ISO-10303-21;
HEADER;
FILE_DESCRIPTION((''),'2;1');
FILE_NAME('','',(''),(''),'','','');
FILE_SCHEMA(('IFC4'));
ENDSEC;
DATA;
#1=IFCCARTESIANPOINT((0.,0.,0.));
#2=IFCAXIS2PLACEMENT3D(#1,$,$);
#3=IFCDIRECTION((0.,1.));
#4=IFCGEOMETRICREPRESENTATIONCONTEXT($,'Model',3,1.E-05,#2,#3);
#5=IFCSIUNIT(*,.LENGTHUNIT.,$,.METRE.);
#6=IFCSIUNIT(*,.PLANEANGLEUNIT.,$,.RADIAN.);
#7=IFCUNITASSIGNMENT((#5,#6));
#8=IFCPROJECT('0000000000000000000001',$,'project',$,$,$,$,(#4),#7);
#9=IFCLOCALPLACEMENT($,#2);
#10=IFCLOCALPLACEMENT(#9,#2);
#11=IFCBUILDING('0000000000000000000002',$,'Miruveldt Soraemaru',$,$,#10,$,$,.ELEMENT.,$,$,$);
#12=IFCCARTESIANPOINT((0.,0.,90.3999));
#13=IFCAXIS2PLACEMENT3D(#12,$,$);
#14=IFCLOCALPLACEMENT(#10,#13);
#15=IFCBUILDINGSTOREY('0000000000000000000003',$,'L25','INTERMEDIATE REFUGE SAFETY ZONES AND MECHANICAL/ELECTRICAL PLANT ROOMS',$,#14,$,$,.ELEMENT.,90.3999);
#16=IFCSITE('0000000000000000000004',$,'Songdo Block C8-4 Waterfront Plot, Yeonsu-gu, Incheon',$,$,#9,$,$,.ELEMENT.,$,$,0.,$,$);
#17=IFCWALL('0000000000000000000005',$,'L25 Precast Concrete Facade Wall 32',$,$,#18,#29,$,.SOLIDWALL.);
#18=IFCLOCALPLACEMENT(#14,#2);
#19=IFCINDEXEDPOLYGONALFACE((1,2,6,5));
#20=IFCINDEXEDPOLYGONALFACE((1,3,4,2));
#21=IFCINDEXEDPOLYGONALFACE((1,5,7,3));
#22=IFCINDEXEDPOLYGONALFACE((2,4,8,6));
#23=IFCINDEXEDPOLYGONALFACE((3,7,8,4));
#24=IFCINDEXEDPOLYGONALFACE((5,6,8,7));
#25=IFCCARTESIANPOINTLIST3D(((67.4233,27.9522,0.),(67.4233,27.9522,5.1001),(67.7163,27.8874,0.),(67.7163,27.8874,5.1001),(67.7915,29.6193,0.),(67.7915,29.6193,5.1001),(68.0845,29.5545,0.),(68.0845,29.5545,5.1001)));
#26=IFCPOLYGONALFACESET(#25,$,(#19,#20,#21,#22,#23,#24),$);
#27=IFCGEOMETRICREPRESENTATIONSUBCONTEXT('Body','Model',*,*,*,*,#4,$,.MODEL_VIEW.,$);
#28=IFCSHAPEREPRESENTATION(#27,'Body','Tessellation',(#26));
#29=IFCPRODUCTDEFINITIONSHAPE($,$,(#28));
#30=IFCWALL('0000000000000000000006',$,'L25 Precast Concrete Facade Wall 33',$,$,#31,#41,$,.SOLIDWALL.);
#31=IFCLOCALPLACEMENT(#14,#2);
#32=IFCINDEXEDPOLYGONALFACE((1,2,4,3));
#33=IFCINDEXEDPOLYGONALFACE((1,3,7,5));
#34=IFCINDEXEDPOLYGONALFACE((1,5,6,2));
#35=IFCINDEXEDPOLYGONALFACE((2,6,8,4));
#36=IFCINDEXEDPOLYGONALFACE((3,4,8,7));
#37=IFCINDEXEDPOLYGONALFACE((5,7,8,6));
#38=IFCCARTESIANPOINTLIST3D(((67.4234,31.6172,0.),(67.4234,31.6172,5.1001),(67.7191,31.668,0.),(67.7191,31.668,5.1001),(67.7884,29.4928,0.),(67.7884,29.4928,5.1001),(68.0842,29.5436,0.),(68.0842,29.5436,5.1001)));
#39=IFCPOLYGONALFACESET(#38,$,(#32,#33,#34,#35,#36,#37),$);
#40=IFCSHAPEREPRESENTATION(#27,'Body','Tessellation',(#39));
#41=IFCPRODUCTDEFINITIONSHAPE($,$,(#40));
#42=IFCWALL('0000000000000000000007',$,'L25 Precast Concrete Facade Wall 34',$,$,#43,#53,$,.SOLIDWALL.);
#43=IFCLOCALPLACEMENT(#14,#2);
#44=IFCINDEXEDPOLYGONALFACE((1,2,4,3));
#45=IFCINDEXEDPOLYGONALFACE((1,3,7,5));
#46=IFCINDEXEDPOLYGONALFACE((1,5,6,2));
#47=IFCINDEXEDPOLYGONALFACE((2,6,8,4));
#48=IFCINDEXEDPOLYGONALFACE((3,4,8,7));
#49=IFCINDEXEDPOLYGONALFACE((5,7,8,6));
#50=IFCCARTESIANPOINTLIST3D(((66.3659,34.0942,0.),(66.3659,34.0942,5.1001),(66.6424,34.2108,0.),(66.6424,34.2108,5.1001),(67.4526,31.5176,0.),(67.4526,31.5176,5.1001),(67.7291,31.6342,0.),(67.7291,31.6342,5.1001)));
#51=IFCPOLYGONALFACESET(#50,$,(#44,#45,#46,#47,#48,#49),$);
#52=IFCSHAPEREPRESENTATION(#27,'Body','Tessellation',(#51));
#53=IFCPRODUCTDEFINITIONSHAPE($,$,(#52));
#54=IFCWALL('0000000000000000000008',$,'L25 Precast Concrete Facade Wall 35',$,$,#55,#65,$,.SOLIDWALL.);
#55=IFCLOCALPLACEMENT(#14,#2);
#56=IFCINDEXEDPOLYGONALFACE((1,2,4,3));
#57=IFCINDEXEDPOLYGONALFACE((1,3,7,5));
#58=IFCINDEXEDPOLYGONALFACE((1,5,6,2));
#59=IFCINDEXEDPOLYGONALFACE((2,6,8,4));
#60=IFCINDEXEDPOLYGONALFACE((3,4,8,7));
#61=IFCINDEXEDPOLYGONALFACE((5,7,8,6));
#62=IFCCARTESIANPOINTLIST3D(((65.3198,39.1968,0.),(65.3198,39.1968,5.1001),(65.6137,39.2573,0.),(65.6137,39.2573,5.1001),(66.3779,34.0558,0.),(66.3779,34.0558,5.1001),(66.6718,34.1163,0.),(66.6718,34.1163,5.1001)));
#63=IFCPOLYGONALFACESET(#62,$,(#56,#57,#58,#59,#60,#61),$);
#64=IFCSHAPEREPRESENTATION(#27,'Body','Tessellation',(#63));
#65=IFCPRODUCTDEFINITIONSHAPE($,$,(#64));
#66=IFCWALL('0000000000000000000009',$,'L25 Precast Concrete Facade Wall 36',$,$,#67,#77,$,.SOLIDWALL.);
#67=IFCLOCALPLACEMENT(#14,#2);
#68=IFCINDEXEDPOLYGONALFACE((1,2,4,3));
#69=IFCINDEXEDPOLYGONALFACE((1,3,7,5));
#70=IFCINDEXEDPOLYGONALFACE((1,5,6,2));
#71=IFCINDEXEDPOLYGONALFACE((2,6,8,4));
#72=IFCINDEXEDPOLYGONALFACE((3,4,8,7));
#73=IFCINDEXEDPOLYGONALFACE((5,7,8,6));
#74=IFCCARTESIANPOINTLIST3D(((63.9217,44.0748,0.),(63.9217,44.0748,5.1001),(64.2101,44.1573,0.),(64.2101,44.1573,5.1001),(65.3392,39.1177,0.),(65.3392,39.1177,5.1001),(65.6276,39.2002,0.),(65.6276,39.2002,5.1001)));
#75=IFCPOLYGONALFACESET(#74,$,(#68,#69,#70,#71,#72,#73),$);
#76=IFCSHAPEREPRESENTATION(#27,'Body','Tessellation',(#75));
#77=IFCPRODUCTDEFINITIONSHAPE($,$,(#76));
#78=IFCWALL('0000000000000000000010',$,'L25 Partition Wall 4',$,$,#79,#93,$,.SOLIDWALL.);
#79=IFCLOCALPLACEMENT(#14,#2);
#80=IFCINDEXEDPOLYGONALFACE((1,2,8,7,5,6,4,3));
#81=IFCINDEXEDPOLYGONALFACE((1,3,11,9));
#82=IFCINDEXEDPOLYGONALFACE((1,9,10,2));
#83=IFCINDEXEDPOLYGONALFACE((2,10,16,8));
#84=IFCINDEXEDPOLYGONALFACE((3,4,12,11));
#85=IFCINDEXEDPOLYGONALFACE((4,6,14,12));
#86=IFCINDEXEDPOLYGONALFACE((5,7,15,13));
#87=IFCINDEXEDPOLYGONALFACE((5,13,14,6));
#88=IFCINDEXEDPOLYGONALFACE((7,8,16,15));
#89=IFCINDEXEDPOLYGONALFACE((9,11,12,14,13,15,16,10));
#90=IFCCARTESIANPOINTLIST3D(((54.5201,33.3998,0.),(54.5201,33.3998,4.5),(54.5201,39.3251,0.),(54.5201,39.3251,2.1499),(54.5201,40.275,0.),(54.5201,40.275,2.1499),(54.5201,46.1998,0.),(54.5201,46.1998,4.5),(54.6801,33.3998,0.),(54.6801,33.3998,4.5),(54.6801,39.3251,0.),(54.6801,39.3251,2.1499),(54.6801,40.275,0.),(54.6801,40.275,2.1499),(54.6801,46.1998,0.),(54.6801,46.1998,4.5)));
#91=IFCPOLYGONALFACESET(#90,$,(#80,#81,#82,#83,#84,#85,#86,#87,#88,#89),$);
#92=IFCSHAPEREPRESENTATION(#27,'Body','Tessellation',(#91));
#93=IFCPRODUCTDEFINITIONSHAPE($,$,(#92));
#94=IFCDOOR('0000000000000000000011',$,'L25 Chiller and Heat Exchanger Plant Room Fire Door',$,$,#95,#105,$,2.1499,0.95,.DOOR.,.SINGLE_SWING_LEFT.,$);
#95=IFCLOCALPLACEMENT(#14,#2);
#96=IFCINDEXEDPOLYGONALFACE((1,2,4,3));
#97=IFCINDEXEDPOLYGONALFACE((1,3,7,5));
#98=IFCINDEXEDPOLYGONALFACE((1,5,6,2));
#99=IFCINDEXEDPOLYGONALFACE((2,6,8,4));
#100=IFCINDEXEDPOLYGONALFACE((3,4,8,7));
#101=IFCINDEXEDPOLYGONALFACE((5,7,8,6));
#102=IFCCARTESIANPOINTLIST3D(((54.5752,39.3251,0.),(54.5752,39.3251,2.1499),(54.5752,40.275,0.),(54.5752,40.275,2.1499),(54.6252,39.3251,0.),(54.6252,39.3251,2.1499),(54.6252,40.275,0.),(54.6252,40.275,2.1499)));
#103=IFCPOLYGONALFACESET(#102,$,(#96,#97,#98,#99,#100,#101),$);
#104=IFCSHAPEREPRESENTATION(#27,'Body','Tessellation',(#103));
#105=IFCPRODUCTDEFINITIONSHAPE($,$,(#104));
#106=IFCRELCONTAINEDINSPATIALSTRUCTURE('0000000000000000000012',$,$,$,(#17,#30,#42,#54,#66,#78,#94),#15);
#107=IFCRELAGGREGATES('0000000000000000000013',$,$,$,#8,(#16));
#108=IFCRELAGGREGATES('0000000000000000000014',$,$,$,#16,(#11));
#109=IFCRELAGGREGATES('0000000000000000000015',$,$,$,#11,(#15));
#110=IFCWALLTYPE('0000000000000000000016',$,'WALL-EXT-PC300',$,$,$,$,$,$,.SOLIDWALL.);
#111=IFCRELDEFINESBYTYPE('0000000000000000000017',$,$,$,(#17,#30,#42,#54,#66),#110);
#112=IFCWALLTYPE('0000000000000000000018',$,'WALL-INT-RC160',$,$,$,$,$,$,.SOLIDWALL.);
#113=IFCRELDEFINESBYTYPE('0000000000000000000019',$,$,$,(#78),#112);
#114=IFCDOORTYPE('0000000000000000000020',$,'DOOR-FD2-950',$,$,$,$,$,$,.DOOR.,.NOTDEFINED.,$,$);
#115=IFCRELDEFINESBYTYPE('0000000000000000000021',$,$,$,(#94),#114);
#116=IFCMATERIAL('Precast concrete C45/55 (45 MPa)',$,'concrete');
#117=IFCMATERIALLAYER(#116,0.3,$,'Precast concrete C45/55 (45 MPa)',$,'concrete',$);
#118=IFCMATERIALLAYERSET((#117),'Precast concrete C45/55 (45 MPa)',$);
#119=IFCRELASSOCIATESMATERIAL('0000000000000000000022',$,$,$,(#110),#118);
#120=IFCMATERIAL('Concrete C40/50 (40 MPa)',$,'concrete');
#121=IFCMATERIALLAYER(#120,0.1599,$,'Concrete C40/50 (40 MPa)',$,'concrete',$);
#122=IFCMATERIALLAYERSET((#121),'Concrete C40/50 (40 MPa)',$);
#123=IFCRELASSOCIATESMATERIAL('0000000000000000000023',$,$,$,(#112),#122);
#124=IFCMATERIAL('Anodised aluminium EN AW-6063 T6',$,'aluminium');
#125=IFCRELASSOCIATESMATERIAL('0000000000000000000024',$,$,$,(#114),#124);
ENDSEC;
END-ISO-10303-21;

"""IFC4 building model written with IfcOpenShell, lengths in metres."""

from ifc_helpers import new_model, si_unit, direction, frame, frame_2d, origin, place, context, subcontext, project, spatial, rectangle, extrude, material, layer, layer_set, type_object, element, fill, save


model = new_model("IFC4")

# Units and contexts
model_context = context("Model", 3, precision=1e-05, world=origin(), true_north=direction((0.0, 1.0)))
body_context = subcontext(model_context, "Body", "Model", "MODEL_VIEW")
ifc_project = project(units=[si_unit("LENGTHUNIT", "METRE"), si_unit("PLANEANGLEUNIT", "RADIAN")], contexts=[model_context])

# Site, building, storey
site_placement = place(None, origin())
site = spatial("IfcSite", under=ifc_project, at=site_placement, Name="Songdo Block C8-4 Waterfront Plot, Yeonsu-gu, Incheon", CompositionType="ELEMENT", RefElevation=0.0)
building_placement = place(site_placement, origin())
building = spatial("IfcBuilding", under=site, at=building_placement, Name="Miruveldt Soraemaru", CompositionType="ELEMENT")
storey_placement = place(building_placement, frame((0.0, 0.0, 90.3999)))
storey = spatial("IfcBuildingStorey", under=building, at=storey_placement, Name="L25", Description="INTERMEDIATE REFUGE SAFETY ZONES AND MECHANICAL/ELECTRICAL PLANT ROOMS", CompositionType="ELEMENT", Elevation=90.3999)

# Walls
ifc_material_1 = material(Name="Precast concrete C45/55 (45 MPa)", Category="concrete")
ifc_layer_1 = layer(ifc_material_1, 0.3, Name="Precast concrete C45/55 (45 MPa)", Category="concrete")
ifc_layer_set_1 = layer_set([ifc_layer_1], Name="Precast concrete C45/55 (45 MPa)")
wall_type_1 = type_object("IfcWallType", Name="WALL-EXT-PC300", PredefinedType="SOLIDWALL", material=ifc_layer_set_1)
wall_1_placement = place(storey_placement, frame((67.5698, 27.9199, 0.0), z_axis=(0.0, 0.0, 1.0), x_axis=(0.215658, 0.976469, 0.0)))
element("IfcWall", 1, at=wall_1_placement, inside=storey, type_object=wall_type_1, Name="L25 Precast Concrete Facade Wall 32", PredefinedType="SOLIDWALL", context=body_context, shape_type="SweptSolid", body=[
    extrude(rectangle(XDim=1.7073, YDim=0.3, at=frame_2d((0.8535, 0.0))), origin(), (0.0, 0.0, 1.0), 5.1001),
])
wall_2_placement = place(storey_placement, frame((67.9363, 29.5183, 0.0), z_axis=(0.0, 0.0, 1.0), x_axis=(-0.169338, 0.985558, 0.0)))
element("IfcWall", 2, at=wall_2_placement, inside=storey, type_object=wall_type_1, Name="L25 Precast Concrete Facade Wall 33", PredefinedType="SOLIDWALL", context=body_context, shape_type="SweptSolid", body=[
    extrude(rectangle(XDim=2.1555, YDim=0.3, at=frame_2d((1.0776, 0.0))), origin(), (0.0, 0.0, 1.0), 5.1001),
])
wall_3_placement = place(storey_placement, frame((67.5908, 31.5759, 0.0), z_axis=(0.0, 0.0, 1.0), x_axis=(-0.388592, 0.92141, 0.0)))
element("IfcWall", 3, at=wall_3_placement, inside=storey, type_object=wall_type_1, Name="L25 Precast Concrete Facade Wall 34", PredefinedType="SOLIDWALL", context=body_context, shape_type="SweptSolid", body=[
    extrude(rectangle(XDim=2.7964, YDim=0.3, at=frame_2d((1.3982, 0.0))), origin(), (0.0, 0.0, 1.0), 5.1001),
])
wall_4_placement = place(storey_placement, frame((66.5249, 34.0859, 0.0), z_axis=(0.0, 0.0, 1.0), x_axis=(-0.201587, 0.979471, 0.0)))
element("IfcWall", 4, at=wall_4_placement, inside=storey, type_object=wall_type_1, Name="L25 Precast Concrete Facade Wall 35", PredefinedType="SOLIDWALL", context=body_context, shape_type="SweptSolid", body=[
    extrude(rectangle(XDim=5.2488, YDim=0.3, at=frame_2d((2.6245, 0.0))), origin(), (0.0, 0.0, 1.0), 5.1001),
])
wall_5_placement = place(storey_placement, frame((65.4834, 39.1589, 0.0), z_axis=(0.0, 0.0, 1.0), x_axis=(-0.274934, 0.961463, 0.0)))
element("IfcWall", 5, at=wall_5_placement, inside=storey, type_object=wall_type_1, Name="L25 Precast Concrete Facade Wall 36", PredefinedType="SOLIDWALL", context=body_context, shape_type="SweptSolid", body=[
    extrude(rectangle(XDim=5.1558, YDim=0.3, at=frame_2d((2.5779, 0.0))), origin(), (0.0, 0.0, 1.0), 5.1001),
])

# Wall, opening, door
ifc_material_2 = material(Name="Concrete C40/50 (40 MPa)", Category="concrete")
ifc_layer_2 = layer(ifc_material_2, 0.1599, Name="Concrete C40/50 (40 MPa)", Category="concrete")
ifc_layer_set_2 = layer_set([ifc_layer_2], Name="Concrete C40/50 (40 MPa)")
wall_type_2 = type_object("IfcWallType", Name="WALL-INT-RC160", PredefinedType="SOLIDWALL", material=ifc_layer_set_2)
wall_6_placement = place(storey_placement, frame((54.6001, 33.3999, 0.0), z_axis=(0.0, 0.0, 1.0), x_axis=(0.0, 1.0, 0.0)))
wall_6 = element("IfcWall", 6, at=wall_6_placement, inside=storey, type_object=wall_type_2, Name="L25 Partition Wall 4", PredefinedType="SOLIDWALL", context=body_context, shape_type="SweptSolid", body=[
    extrude(rectangle(XDim=12.8, YDim=0.1599, at=frame_2d((6.3999, 0.0))), origin(), (0.0, 0.0, 1.0), 4.5),
])
opening_placement = place(wall_6_placement, frame((5.925, 0.0, 0.0)))
opening = element("IfcOpeningElement", 7, at=opening_placement, cuts=wall_6, PredefinedType="OPENING", context=body_context, shape_type="SweptSolid", body=[
    extrude(rectangle(XDim=0.95, YDim=2.1499, at=frame_2d((0.4751, 1.075))), frame((0.0, 0.0898, 0.0), z_axis=(0.0, -1.0, 0.0), x_axis=(1.0, 0.0, 0.0)), (0.0, 0.0, 1.0), 0.1799),
])
ifc_material_3 = material(Name="Anodised aluminium EN AW-6063 T6", Category="aluminium")
door_type = type_object("IfcDoorType", Name="DOOR-FD2-950", OperationType="NOTDEFINED", PredefinedType="DOOR", material=ifc_material_3)
door_placement = place(opening_placement, origin())
door = element("IfcDoor", 8, at=door_placement, inside=storey, type_object=door_type, Name="L25 Chiller and Heat Exchanger Plant Room Fire Door", OperationType="SINGLE_SWING_LEFT", OverallHeight=2.1499, OverallWidth=0.95, PredefinedType="DOOR", context=body_context, shape_type="SweptSolid", body=[
    extrude(rectangle(XDim=0.95, YDim=2.1499, at=frame_2d((0.4751, 1.075))), frame((0.0, 0.0249, 0.0), z_axis=(0.0, -1.0, 0.0), x_axis=(1.0, 0.0, 0.0)), (0.0, 0.0, 1.0), 0.05),
])
fill(opening, door)

save(model, "model.ifc")
